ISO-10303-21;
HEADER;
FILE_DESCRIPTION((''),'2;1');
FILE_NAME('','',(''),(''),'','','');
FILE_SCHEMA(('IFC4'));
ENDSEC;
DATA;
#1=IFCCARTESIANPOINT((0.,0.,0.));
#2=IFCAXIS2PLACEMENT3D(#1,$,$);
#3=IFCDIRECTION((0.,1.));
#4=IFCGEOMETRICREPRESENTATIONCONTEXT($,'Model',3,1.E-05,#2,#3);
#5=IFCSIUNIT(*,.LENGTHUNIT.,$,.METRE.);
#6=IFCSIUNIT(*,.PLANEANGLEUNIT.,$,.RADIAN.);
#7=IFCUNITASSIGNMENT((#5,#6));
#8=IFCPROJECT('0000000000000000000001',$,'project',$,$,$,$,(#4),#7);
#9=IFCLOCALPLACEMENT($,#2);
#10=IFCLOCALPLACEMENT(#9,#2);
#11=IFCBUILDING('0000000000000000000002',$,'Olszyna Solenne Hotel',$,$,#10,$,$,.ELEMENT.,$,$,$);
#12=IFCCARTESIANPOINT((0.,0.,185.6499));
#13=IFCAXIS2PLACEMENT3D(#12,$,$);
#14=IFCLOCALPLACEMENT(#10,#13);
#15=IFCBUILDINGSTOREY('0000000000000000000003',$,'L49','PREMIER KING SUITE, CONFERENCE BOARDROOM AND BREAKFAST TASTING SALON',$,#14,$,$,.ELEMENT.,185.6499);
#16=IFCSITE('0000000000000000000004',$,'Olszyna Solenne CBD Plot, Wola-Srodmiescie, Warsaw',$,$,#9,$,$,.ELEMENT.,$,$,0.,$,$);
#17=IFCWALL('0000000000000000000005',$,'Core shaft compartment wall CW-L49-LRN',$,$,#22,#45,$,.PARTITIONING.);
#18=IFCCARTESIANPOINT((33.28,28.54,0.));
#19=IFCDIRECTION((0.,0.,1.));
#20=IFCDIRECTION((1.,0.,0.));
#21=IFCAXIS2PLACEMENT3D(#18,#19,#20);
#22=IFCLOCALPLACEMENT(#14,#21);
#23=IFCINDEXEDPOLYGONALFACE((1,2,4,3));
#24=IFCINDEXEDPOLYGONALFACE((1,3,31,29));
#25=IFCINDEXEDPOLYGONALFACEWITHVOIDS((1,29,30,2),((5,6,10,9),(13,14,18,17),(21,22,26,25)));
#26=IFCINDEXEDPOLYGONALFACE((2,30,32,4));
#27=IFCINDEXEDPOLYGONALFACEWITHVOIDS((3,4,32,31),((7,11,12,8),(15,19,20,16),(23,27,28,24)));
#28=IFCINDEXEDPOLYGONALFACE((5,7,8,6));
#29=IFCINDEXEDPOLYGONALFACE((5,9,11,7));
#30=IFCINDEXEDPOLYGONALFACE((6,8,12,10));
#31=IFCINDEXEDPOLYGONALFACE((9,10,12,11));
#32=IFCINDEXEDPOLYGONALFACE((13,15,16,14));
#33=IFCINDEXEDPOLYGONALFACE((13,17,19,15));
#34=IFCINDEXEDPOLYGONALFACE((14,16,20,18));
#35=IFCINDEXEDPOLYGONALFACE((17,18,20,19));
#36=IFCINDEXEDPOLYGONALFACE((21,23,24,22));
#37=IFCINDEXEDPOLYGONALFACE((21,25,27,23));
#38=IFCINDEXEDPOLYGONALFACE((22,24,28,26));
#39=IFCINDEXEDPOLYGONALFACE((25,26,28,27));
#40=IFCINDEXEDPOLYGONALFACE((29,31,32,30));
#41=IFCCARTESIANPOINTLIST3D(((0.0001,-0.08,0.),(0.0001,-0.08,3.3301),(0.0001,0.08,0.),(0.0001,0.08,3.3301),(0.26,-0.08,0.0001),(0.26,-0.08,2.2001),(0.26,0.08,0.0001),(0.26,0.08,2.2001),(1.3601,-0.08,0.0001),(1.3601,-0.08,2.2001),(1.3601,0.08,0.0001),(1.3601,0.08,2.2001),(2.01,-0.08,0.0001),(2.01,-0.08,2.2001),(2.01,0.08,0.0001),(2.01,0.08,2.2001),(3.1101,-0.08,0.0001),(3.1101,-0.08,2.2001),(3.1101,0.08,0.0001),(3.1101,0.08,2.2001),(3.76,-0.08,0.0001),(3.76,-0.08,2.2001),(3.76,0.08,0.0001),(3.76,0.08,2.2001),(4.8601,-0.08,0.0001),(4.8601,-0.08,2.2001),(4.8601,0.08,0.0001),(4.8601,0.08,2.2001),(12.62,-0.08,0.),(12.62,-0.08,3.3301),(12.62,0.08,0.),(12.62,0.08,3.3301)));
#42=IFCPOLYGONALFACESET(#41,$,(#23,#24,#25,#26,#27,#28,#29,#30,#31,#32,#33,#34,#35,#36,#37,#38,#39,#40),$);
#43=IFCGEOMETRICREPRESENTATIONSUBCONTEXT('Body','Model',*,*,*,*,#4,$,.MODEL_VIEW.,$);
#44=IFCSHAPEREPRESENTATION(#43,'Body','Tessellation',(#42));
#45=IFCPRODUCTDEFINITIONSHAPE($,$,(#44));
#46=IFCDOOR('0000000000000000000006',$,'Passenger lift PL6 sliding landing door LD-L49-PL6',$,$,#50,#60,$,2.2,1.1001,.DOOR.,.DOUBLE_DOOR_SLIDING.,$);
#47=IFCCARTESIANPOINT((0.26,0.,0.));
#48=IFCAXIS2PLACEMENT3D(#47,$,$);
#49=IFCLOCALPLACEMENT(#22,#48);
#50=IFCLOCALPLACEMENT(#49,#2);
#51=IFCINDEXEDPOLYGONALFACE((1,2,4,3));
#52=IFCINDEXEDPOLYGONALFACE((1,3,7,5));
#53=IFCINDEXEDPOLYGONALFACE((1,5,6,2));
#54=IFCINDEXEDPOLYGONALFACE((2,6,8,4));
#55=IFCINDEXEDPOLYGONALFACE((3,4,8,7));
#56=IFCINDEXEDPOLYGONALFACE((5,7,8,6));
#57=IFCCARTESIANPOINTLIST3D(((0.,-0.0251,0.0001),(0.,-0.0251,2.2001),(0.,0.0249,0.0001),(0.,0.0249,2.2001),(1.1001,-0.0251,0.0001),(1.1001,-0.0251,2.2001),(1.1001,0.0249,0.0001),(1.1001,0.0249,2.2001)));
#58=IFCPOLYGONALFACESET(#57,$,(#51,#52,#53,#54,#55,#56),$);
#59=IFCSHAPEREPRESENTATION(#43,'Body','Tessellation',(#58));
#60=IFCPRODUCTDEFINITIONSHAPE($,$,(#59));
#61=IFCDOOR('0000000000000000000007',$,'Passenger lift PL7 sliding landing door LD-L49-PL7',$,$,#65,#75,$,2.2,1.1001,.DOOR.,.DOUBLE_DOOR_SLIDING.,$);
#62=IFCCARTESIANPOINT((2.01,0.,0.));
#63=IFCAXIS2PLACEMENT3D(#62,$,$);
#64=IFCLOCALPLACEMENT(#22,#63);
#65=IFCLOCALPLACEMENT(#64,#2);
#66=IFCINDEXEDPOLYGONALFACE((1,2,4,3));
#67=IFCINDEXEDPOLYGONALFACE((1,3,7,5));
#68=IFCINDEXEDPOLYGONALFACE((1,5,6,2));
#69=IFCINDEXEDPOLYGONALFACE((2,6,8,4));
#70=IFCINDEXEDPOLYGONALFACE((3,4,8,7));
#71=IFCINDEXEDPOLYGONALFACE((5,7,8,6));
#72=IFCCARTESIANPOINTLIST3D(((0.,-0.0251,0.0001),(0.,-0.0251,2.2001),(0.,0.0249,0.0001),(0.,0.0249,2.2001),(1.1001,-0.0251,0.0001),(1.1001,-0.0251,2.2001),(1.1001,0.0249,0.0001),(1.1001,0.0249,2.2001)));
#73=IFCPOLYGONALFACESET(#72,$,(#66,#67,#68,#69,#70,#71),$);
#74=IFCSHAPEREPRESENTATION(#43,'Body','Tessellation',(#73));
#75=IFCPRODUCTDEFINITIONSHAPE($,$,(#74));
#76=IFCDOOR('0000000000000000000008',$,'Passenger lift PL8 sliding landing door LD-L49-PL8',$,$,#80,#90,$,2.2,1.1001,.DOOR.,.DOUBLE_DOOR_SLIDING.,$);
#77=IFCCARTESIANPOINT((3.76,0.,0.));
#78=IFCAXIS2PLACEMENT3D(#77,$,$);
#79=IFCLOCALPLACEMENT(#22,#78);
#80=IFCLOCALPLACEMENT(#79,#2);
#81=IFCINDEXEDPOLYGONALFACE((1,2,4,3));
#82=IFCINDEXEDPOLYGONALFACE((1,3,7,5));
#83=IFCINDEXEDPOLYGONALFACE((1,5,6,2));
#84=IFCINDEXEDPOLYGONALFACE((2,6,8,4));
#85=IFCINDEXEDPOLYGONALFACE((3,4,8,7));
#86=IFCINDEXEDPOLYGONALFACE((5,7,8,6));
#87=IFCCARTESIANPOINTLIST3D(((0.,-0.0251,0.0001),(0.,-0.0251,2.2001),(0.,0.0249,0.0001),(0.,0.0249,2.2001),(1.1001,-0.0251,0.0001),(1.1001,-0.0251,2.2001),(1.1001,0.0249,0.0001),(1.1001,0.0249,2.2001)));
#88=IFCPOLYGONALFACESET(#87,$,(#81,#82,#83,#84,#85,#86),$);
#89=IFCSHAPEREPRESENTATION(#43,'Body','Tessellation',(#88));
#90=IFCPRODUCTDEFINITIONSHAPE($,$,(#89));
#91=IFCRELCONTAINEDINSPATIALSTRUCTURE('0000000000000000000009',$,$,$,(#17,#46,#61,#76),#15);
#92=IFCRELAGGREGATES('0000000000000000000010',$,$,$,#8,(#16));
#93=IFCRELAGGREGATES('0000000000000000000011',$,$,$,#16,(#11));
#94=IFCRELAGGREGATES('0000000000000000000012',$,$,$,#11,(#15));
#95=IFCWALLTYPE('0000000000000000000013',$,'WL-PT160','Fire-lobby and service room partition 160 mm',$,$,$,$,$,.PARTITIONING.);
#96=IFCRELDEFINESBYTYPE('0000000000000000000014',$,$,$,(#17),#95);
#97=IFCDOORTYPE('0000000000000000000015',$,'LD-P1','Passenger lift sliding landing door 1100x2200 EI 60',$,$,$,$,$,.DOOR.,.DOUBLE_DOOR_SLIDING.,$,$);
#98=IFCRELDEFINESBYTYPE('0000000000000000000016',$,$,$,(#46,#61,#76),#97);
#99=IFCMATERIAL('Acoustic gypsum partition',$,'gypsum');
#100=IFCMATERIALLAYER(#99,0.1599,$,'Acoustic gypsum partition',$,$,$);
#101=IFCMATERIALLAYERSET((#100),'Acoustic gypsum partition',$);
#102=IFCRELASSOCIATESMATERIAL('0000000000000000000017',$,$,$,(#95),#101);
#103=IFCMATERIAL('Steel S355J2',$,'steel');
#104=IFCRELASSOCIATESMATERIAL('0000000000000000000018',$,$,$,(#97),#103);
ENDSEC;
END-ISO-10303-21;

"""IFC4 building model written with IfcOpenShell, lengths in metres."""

from ifc_helpers import new_model, si_unit, direction, frame, frame_2d, origin, place, context, subcontext, project, spatial, rectangle, extrude, source, transform, mapped, material, layer, layer_set, type_object, type_shapes, element, fill, save


model = new_model("IFC4")

# Units and contexts
model_context = context("Model", 3, precision=1e-05, world=origin(), true_north=direction((0.0, 1.0)))
body_context = subcontext(model_context, "Body", "Model", "MODEL_VIEW")
ifc_project = project(units=[si_unit("LENGTHUNIT", "METRE"), si_unit("PLANEANGLEUNIT", "RADIAN")], contexts=[model_context])

# Site, building, storey
site_placement = place(None, origin())
site = spatial("IfcSite", under=ifc_project, at=site_placement, Name="Olszyna Solenne CBD Plot, Wola-Srodmiescie, Warsaw", CompositionType="ELEMENT", RefElevation=0.0)
building_placement = place(site_placement, origin())
building = spatial("IfcBuilding", under=site, at=building_placement, Name="Olszyna Solenne Hotel", CompositionType="ELEMENT")
storey_placement = place(building_placement, frame((0.0, 0.0, 185.6499)))
storey = spatial("IfcBuildingStorey", under=building, at=storey_placement, Name="L49", Description="PREMIER KING SUITE, CONFERENCE BOARDROOM AND BREAKFAST TASTING SALON", CompositionType="ELEMENT", Elevation=185.6499)

# Shared definitions
ifc_material_1 = material(Name="Steel S355J2", Category="steel")

# Shared definitions
ifc_material_2 = material(Name="Acoustic gypsum partition", Category="gypsum")

# Shared definitions
ifc_layer_1 = layer(ifc_material_2, 0.1599, Name="Acoustic gypsum partition")
ifc_layer_set_1 = layer_set([ifc_layer_1], Name="Acoustic gypsum partition")
wall_type_1 = type_object("IfcWallType", Name="WL-PT160", Description="Fire-lobby and service room partition 160 mm", PredefinedType="PARTITIONING", material=ifc_layer_set_1)

# Wall, openings, doors
door_type_1 = type_object("IfcDoorType", Name="LD-P1", Description="Passenger lift sliding landing door 1100x2200 EI 60", OperationType="DOUBLE_DOOR_SLIDING", PredefinedType="DOOR", material=ifc_material_1)
shared_shape_1 = source(origin(), body_context, "Body", "SweptSolid", [
    extrude(rectangle(XDim=1.1001, YDim=2.2, at=frame_2d((0.55, 1.1001))), frame((0.0, 0.0249, 0.0), z_axis=(0.0, -1.0, 0.0), x_axis=(1.0, 0.0, 0.0)), (0.0, 0.0, 1.0), 0.05),
])
type_shapes(door_type_1, [shared_shape_1])
wall_1_placement = place(storey_placement, frame((33.28, 28.54, 0.0), z_axis=(0.0, 0.0, 1.0), x_axis=(1.0, 0.0, 0.0)))
wall_1 = element("IfcWall", 1, at=wall_1_placement, inside=storey, type_object=wall_type_1, Name="Core shaft compartment wall CW-L49-LRN", PredefinedType="PARTITIONING", context=body_context, shape_type="SweptSolid", body=[
    extrude(rectangle(XDim=12.6199, YDim=0.1599, at=frame_2d((6.3101, 0.0))), origin(), (0.0, 0.0, 1.0), 3.3301),
])
opening_1_placement = place(wall_1_placement, frame((0.26, 0.0, 0.0)))
opening_1 = element("IfcOpeningElement", 2, at=opening_1_placement, cuts=wall_1, PredefinedType="OPENING", context=body_context, shape_type="SweptSolid", body=[
    extrude(rectangle(XDim=1.1001, YDim=2.2, at=frame_2d((0.55, 1.1001))), frame((0.0, 0.0898, 0.0), z_axis=(0.0, -1.0, 0.0), x_axis=(1.0, 0.0, 0.0)), (0.0, 0.0, 1.0), 0.1799),
])
opening_2_placement = place(wall_1_placement, frame((2.01, 0.0, 0.0)))
opening_2 = element("IfcOpeningElement", 3, at=opening_2_placement, cuts=wall_1, PredefinedType="OPENING", context=body_context, shape_type="SweptSolid", body=[
    extrude(rectangle(XDim=1.1001, YDim=2.2, at=frame_2d((0.55, 1.1001))), frame((0.0, 0.0898, 0.0), z_axis=(0.0, -1.0, 0.0), x_axis=(1.0, 0.0, 0.0)), (0.0, 0.0, 1.0), 0.1799),
])
opening_3_placement = place(wall_1_placement, frame((3.76, 0.0, 0.0)))
opening_3 = element("IfcOpeningElement", 4, at=opening_3_placement, cuts=wall_1, PredefinedType="OPENING", context=body_context, shape_type="SweptSolid", body=[
    extrude(rectangle(XDim=1.1001, YDim=2.2, at=frame_2d((0.55, 1.1001))), frame((0.0, 0.0898, 0.0), z_axis=(0.0, -1.0, 0.0), x_axis=(1.0, 0.0, 0.0)), (0.0, 0.0, 1.0), 0.1799),
])
door_1_placement = place(opening_1_placement, origin())
door_1 = element("IfcDoor", 5, at=door_1_placement, inside=storey, type_object=door_type_1, Name="Passenger lift PL6 sliding landing door LD-L49-PL6", OperationType="DOUBLE_DOOR_SLIDING", OverallHeight=2.2, OverallWidth=1.1001, PredefinedType="DOOR", context=body_context, shape_type="MappedRepresentation", body=[
    mapped(shared_shape_1, transform((0.0, 0.0, 0.0), x_axis=(1.0, 0.0, 0.0), y_axis=(0.0, 1.0, 0.0), z_axis=(0.0, 0.0, 1.0), scale=1.0)),
])
fill(opening_1, door_1)
door_2_placement = place(opening_2_placement, origin())
door_2 = element("IfcDoor", 6, at=door_2_placement, inside=storey, type_object=door_type_1, Name="Passenger lift PL7 sliding landing door LD-L49-PL7", OperationType="DOUBLE_DOOR_SLIDING", OverallHeight=2.2, OverallWidth=1.1001, PredefinedType="DOOR", context=body_context, shape_type="MappedRepresentation", body=[
    mapped(shared_shape_1, transform((0.0, 0.0, 0.0), x_axis=(1.0, 0.0, 0.0), y_axis=(0.0, 1.0, 0.0), z_axis=(0.0, 0.0, 1.0), scale=1.0)),
])
fill(opening_2, door_2)
door_3_placement = place(opening_3_placement, origin())
door_3 = element("IfcDoor", 7, at=door_3_placement, inside=storey, type_object=door_type_1, Name="Passenger lift PL8 sliding landing door LD-L49-PL8", OperationType="DOUBLE_DOOR_SLIDING", OverallHeight=2.2, OverallWidth=1.1001, PredefinedType="DOOR", context=body_context, shape_type="MappedRepresentation", body=[
    mapped(shared_shape_1, transform((0.0, 0.0, 0.0), x_axis=(1.0, 0.0, 0.0), y_axis=(0.0, 1.0, 0.0), z_axis=(0.0, 0.0, 1.0), scale=1.0)),
])
fill(opening_3, door_3)

save(model, "model.ifc")
